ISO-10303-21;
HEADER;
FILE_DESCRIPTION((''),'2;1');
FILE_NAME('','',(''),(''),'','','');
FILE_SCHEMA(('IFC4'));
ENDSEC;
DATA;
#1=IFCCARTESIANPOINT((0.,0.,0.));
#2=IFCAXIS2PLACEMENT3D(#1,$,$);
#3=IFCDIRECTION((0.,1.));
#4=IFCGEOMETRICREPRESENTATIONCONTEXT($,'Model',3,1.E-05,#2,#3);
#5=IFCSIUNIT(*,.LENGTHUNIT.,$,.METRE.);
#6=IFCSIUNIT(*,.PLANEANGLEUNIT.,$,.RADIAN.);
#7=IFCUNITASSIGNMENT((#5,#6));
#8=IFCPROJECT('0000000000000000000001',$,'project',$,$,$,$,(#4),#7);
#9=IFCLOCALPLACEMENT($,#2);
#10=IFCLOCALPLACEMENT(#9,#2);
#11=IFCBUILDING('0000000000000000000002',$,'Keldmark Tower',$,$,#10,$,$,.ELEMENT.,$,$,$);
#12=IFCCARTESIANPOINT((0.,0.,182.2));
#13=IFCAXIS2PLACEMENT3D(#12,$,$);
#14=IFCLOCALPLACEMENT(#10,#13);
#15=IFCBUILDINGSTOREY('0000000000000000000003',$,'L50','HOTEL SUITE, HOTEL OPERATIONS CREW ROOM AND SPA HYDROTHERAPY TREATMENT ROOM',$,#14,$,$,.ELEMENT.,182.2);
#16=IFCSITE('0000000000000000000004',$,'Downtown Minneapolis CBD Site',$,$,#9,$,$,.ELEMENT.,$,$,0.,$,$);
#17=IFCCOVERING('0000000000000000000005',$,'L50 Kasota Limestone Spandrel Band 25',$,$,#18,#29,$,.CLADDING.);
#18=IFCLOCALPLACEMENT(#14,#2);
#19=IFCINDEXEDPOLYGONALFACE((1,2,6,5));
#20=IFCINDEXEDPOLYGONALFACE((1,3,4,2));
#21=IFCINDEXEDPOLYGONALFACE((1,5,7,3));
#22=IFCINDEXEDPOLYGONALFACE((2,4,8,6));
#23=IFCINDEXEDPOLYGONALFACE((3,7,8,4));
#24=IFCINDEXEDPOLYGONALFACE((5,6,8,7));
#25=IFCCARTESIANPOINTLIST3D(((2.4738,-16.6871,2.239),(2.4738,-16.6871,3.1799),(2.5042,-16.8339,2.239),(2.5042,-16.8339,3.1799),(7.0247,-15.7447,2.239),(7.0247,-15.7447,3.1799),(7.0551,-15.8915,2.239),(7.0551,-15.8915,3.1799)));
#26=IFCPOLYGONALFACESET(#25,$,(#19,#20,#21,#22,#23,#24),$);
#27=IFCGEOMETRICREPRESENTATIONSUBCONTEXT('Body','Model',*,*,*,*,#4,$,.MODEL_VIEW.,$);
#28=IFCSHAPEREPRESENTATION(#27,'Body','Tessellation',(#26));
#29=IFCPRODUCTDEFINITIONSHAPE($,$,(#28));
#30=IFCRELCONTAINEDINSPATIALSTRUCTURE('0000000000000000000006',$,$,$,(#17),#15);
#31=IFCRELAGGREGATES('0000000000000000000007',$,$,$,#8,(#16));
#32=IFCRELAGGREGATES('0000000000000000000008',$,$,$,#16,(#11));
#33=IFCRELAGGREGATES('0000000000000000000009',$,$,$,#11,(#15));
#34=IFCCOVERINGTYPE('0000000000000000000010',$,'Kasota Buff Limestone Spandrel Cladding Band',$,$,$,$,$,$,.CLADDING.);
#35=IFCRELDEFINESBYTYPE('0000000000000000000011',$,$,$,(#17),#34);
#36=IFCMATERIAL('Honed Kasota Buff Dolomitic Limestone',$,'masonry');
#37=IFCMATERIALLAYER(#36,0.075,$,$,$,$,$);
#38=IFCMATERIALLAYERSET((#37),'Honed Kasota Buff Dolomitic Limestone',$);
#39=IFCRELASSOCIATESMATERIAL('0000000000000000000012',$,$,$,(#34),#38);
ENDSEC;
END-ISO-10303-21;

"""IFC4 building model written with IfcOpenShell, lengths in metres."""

from ifc_helpers import new_model, si_unit, direction, frame, origin, origin_2d, place, context, subcontext, project, spatial, rectangle, extrude, material, layer, layer_set, type_object, element, save


model = new_model("IFC4")

# Units and contexts
model_context = context("Model", 3, precision=1e-05, world=origin(), true_north=direction((0.0, 1.0)))
body_context = subcontext(model_context, "Body", "Model", "MODEL_VIEW")
ifc_project = project(units=[si_unit("LENGTHUNIT", "METRE"), si_unit("PLANEANGLEUNIT", "RADIAN")], contexts=[model_context])

# Site, building, storey
site_placement = place(None, origin())
site = spatial("IfcSite", under=ifc_project, at=site_placement, Name="Downtown Minneapolis CBD Site", CompositionType="ELEMENT", RefElevation=0.0)
building_placement = place(site_placement, origin())
building = spatial("IfcBuilding", under=site, at=building_placement, Name="Keldmark Tower", CompositionType="ELEMENT")
storey_placement = place(building_placement, frame((0.0, 0.0, 182.2)))
storey = spatial("IfcBuildingStorey", under=building, at=storey_placement, Name="L50", Description="HOTEL SUITE, HOTEL OPERATIONS CREW ROOM AND SPA HYDROTHERAPY TREATMENT ROOM", CompositionType="ELEMENT", Elevation=182.2)

# Covering
ifc_material_1 = material(Name="Honed Kasota Buff Dolomitic Limestone", Category="masonry")
ifc_layer_1 = layer(ifc_material_1, 0.075)
ifc_layer_set_1 = layer_set([ifc_layer_1], Name="Honed Kasota Buff Dolomitic Limestone")
covering_type = type_object("IfcCoveringType", Name="Kasota Buff Limestone Spandrel Cladding Band", PredefinedType="CLADDING", material=ifc_layer_set_1)
covering_placement = place(storey_placement, frame((4.7644, -16.2893, 2.239), z_axis=(0.0, 0.0, 1.0), x_axis=(0.979223, 0.202787, 0.0)))
element("IfcCovering", 1, at=covering_placement, inside=storey, type_object=covering_type, Name="L50 Kasota Limestone Spandrel Band 25", PredefinedType="CLADDING", context=body_context, shape_type="SweptSolid", body=[
    extrude(rectangle(XDim=4.6475, YDim=0.1499, at=origin_2d()), origin(), (0.0, 0.0, 1.0), 0.9409),
])

save(model, "model.ifc")
